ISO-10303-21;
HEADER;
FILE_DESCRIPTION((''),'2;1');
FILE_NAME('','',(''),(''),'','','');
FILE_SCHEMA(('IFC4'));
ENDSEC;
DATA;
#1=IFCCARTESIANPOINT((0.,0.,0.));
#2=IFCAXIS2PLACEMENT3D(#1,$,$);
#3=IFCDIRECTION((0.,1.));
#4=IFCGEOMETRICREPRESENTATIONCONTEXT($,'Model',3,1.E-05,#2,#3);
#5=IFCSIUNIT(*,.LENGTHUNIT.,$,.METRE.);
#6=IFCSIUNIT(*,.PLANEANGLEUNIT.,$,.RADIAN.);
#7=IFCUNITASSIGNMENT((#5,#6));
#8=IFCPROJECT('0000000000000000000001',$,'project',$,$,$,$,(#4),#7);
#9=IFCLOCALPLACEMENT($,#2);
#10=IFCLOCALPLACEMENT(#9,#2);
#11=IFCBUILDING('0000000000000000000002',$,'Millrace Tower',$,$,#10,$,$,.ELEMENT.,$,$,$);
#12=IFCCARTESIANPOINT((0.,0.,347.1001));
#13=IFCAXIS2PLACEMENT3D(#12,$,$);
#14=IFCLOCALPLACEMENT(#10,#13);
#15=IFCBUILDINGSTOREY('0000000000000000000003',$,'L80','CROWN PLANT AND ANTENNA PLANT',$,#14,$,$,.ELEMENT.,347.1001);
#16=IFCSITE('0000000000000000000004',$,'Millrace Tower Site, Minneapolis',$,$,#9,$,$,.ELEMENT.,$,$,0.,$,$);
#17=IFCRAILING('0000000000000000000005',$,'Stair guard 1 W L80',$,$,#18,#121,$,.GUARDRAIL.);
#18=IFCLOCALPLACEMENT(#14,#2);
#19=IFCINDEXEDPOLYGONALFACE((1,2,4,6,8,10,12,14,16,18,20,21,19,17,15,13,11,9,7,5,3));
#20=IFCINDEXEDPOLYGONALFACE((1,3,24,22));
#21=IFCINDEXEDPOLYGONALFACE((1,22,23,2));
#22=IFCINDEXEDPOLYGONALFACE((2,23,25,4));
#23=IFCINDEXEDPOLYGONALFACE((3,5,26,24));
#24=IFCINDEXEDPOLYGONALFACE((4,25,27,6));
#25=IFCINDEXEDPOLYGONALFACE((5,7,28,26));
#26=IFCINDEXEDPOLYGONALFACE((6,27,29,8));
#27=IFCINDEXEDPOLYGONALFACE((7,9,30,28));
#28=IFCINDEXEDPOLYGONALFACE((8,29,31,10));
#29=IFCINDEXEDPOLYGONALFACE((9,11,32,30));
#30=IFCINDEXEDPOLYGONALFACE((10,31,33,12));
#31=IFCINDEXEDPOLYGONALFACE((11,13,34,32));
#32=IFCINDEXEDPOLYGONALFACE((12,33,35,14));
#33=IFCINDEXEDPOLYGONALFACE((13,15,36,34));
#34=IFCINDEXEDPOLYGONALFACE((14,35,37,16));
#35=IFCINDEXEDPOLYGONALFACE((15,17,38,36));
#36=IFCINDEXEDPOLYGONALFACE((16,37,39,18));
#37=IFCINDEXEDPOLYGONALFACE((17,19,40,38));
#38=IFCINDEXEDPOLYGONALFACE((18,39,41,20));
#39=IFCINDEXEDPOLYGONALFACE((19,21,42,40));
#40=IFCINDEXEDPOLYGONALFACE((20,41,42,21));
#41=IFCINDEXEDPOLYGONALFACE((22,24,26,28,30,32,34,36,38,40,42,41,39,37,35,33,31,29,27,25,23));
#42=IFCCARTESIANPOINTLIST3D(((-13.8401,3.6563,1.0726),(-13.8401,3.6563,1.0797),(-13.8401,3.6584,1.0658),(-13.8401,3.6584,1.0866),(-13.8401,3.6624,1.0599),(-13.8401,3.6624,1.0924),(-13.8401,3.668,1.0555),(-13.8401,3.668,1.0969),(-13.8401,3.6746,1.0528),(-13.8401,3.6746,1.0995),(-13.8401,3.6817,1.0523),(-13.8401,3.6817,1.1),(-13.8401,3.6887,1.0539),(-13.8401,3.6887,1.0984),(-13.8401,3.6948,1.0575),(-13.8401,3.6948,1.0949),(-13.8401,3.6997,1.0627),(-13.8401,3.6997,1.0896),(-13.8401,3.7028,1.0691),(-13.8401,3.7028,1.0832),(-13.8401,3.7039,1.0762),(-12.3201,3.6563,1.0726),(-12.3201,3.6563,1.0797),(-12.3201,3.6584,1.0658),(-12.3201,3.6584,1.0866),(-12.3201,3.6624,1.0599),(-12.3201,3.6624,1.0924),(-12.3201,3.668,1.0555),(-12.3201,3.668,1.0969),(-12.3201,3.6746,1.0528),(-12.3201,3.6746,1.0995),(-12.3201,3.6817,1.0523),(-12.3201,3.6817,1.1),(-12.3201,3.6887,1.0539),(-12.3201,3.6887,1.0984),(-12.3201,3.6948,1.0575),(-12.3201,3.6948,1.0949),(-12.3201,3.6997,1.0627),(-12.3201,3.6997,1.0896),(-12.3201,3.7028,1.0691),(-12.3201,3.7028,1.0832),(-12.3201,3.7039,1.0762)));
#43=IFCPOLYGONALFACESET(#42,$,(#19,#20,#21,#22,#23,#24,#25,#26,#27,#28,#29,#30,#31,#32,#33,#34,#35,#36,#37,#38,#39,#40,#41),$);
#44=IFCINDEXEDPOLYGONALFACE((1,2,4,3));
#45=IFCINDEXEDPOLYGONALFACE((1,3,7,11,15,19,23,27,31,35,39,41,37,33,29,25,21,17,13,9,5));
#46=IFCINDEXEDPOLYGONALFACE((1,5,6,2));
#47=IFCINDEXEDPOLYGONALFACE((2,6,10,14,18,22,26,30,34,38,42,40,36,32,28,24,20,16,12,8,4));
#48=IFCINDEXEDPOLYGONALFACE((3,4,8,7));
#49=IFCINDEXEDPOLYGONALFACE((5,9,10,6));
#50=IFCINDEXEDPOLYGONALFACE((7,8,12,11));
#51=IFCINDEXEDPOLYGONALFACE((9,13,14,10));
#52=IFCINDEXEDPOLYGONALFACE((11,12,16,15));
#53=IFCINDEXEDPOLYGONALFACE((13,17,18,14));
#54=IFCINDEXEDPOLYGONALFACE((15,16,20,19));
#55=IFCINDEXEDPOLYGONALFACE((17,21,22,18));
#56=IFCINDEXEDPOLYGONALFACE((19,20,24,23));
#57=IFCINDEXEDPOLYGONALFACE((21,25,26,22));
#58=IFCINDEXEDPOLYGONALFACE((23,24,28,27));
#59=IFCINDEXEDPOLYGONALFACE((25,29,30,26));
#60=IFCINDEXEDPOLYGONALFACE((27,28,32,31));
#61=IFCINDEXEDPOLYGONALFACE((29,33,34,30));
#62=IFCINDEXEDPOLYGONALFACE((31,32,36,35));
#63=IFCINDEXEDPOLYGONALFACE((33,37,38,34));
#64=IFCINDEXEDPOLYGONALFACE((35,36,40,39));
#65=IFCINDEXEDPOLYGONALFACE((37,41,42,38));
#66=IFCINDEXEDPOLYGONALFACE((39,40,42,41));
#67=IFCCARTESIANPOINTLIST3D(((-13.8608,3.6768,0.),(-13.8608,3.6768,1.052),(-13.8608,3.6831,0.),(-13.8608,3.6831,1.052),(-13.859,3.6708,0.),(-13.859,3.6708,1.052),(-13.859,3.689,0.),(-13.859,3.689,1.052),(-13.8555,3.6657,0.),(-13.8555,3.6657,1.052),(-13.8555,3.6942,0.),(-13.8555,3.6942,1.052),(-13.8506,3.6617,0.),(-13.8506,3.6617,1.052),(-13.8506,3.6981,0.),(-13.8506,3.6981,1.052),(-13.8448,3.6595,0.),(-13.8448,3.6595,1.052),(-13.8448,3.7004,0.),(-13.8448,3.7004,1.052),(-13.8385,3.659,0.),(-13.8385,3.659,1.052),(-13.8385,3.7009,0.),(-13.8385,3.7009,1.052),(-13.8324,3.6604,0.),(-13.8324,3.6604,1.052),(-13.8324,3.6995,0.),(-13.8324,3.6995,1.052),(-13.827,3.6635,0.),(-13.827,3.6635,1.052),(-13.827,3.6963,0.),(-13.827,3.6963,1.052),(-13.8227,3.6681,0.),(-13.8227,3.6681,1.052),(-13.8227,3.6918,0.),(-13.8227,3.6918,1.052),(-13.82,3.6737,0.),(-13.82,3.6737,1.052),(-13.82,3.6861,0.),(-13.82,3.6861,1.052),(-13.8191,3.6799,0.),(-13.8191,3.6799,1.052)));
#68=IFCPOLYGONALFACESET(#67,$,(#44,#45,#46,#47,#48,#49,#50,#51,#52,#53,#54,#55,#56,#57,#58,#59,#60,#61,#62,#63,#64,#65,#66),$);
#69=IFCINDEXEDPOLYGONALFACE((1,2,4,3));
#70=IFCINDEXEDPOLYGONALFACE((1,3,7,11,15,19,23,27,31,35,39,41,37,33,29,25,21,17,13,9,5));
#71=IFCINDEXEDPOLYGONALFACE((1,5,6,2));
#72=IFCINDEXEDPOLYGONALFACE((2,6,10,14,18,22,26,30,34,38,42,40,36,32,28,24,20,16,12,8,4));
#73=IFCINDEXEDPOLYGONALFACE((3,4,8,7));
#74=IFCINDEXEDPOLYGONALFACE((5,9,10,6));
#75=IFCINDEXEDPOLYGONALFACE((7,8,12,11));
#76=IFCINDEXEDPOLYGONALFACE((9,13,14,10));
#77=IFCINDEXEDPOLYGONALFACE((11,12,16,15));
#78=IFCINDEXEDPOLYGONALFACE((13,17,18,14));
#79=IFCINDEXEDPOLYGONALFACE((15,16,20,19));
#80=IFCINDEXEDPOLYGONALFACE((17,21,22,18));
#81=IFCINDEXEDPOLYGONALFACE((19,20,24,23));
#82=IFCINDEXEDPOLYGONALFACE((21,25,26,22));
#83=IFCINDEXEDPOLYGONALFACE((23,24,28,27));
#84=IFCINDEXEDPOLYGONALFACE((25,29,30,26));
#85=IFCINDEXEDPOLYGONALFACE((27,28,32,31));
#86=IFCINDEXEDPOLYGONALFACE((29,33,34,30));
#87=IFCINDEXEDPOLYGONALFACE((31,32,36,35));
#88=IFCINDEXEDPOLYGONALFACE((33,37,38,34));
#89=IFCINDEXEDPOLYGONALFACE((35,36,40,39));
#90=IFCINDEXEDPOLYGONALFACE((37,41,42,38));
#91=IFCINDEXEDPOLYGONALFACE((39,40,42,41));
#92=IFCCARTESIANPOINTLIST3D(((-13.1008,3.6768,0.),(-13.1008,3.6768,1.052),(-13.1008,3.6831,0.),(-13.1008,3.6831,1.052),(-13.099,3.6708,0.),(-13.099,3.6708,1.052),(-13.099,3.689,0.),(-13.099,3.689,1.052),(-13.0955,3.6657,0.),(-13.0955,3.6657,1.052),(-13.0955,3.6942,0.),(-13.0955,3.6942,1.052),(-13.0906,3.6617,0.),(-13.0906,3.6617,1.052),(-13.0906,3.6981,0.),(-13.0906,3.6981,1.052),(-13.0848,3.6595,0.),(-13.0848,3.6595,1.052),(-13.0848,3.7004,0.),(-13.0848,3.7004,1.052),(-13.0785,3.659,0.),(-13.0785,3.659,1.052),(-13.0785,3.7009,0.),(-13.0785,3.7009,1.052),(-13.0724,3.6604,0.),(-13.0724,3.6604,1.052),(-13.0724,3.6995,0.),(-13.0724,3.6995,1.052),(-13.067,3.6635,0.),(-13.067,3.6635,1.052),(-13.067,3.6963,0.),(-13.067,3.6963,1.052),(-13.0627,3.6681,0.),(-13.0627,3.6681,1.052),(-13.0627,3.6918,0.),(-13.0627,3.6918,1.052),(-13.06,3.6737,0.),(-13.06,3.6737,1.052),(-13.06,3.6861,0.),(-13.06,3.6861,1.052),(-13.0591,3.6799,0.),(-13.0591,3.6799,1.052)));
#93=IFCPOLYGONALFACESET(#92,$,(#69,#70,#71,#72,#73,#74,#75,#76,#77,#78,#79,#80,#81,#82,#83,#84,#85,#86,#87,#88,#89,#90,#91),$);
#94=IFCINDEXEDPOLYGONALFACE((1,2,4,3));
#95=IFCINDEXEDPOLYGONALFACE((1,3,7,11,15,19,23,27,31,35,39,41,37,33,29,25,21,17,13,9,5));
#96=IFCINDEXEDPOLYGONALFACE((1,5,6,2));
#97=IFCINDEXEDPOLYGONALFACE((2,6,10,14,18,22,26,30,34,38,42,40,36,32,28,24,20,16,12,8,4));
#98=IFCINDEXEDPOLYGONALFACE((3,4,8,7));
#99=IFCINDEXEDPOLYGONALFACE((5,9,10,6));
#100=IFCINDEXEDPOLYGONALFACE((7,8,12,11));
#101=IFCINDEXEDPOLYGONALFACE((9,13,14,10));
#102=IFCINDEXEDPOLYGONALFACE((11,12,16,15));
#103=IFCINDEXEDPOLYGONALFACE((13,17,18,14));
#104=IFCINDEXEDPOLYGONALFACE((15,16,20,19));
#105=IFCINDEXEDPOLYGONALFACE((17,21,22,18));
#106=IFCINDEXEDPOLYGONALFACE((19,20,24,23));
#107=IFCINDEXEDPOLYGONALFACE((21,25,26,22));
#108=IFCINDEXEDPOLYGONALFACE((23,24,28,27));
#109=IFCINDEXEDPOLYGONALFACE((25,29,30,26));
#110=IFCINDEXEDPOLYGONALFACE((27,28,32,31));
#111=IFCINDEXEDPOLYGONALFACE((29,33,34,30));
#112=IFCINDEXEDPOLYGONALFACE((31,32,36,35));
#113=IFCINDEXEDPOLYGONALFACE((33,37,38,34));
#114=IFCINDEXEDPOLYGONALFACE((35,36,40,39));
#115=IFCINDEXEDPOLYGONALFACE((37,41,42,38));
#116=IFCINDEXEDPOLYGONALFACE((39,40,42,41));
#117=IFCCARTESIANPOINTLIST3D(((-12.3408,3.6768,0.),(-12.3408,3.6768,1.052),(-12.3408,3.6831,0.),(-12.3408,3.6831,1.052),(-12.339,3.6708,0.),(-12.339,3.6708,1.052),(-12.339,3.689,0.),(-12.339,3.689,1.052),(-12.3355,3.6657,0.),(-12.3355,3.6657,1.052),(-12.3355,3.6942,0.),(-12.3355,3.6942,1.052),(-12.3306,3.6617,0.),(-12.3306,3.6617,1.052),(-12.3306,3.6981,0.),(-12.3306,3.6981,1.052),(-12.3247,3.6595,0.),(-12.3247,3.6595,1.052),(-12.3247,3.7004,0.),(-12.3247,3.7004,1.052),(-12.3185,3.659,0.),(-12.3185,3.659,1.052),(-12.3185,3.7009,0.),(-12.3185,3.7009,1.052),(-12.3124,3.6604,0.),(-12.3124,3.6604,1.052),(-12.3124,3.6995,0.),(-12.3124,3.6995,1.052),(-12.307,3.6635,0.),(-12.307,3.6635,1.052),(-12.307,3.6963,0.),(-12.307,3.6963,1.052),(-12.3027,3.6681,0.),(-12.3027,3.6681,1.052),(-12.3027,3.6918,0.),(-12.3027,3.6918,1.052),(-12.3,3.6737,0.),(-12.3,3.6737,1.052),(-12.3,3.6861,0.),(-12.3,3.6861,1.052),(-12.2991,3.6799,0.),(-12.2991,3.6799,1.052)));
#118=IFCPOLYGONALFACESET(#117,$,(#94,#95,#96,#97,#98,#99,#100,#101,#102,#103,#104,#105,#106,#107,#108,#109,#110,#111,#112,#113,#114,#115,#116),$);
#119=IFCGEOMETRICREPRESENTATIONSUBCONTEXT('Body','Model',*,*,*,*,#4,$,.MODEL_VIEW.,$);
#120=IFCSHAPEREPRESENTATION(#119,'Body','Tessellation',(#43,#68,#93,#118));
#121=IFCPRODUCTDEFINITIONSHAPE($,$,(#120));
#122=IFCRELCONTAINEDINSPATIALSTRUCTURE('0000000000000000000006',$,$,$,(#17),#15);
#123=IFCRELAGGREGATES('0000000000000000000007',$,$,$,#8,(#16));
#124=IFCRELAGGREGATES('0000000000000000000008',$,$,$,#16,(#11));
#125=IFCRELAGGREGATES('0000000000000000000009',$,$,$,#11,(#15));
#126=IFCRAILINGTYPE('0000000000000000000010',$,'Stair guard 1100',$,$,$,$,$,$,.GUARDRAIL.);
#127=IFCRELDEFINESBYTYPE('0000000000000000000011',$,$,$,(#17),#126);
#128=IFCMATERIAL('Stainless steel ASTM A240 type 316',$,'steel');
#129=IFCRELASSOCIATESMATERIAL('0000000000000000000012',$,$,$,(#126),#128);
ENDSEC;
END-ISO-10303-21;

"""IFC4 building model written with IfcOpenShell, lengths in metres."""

from ifc_helpers import new_model, si_unit, direction, frame, origin, origin_2d, place, context, subcontext, project, spatial, circle, extrude, material, type_object, element, save


model = new_model("IFC4")

# Units and contexts
model_context = context("Model", 3, precision=1e-05, world=origin(), true_north=direction((0.0, 1.0)))
body_context = subcontext(model_context, "Body", "Model", "MODEL_VIEW")
ifc_project = project(units=[si_unit("LENGTHUNIT", "METRE"), si_unit("PLANEANGLEUNIT", "RADIAN")], contexts=[model_context])

# Site, building, storey
site_placement = place(None, origin())
site = spatial("IfcSite", under=ifc_project, at=site_placement, Name="Millrace Tower Site, Minneapolis", CompositionType="ELEMENT", RefElevation=0.0)
building_placement = place(site_placement, origin())
building = spatial("IfcBuilding", under=site, at=building_placement, Name="Millrace Tower", CompositionType="ELEMENT")
storey_placement = place(building_placement, frame((0.0, 0.0, 347.1001)))
storey = spatial("IfcBuildingStorey", under=building, at=storey_placement, Name="L80", Description="CROWN PLANT AND ANTENNA PLANT", CompositionType="ELEMENT", Elevation=347.1001)

# Railing
ifc_material_1 = material(Name="Stainless steel ASTM A240 type 316", Category="steel")
railing_type_1 = type_object("IfcRailingType", Name="Stair guard 1100", PredefinedType="GUARDRAIL", material=ifc_material_1)
railing_1_placement = place(storey_placement, frame((-13.8401, 3.6799, 0.0)))
element("IfcRailing", 1, at=railing_1_placement, inside=storey, type_object=railing_type_1, Name="Stair guard 1 W L80", PredefinedType="GUARDRAIL", context=body_context, shape_type="SweptSolid", body=[
    extrude(circle(Radius=0.0239, at=origin_2d()), frame((0.0, 0.0, 1.0762), z_axis=(1.0, 0.0, 0.0), x_axis=(0.0, 1.0, 0.0)), (0.0, 0.0, 1.0), 1.52),
    extrude(circle(Radius=0.021, at=origin_2d()), origin(), (0.0, 0.0, 1.0), 1.052),
    extrude(circle(Radius=0.021, at=origin_2d()), frame((0.76, 0.0, 0.0)), (0.0, 0.0, 1.0), 1.052),
    extrude(circle(Radius=0.021, at=origin_2d()), frame((1.52, 0.0, 0.0)), (0.0, 0.0, 1.0), 1.052),
])

save(model, "model.ifc")
